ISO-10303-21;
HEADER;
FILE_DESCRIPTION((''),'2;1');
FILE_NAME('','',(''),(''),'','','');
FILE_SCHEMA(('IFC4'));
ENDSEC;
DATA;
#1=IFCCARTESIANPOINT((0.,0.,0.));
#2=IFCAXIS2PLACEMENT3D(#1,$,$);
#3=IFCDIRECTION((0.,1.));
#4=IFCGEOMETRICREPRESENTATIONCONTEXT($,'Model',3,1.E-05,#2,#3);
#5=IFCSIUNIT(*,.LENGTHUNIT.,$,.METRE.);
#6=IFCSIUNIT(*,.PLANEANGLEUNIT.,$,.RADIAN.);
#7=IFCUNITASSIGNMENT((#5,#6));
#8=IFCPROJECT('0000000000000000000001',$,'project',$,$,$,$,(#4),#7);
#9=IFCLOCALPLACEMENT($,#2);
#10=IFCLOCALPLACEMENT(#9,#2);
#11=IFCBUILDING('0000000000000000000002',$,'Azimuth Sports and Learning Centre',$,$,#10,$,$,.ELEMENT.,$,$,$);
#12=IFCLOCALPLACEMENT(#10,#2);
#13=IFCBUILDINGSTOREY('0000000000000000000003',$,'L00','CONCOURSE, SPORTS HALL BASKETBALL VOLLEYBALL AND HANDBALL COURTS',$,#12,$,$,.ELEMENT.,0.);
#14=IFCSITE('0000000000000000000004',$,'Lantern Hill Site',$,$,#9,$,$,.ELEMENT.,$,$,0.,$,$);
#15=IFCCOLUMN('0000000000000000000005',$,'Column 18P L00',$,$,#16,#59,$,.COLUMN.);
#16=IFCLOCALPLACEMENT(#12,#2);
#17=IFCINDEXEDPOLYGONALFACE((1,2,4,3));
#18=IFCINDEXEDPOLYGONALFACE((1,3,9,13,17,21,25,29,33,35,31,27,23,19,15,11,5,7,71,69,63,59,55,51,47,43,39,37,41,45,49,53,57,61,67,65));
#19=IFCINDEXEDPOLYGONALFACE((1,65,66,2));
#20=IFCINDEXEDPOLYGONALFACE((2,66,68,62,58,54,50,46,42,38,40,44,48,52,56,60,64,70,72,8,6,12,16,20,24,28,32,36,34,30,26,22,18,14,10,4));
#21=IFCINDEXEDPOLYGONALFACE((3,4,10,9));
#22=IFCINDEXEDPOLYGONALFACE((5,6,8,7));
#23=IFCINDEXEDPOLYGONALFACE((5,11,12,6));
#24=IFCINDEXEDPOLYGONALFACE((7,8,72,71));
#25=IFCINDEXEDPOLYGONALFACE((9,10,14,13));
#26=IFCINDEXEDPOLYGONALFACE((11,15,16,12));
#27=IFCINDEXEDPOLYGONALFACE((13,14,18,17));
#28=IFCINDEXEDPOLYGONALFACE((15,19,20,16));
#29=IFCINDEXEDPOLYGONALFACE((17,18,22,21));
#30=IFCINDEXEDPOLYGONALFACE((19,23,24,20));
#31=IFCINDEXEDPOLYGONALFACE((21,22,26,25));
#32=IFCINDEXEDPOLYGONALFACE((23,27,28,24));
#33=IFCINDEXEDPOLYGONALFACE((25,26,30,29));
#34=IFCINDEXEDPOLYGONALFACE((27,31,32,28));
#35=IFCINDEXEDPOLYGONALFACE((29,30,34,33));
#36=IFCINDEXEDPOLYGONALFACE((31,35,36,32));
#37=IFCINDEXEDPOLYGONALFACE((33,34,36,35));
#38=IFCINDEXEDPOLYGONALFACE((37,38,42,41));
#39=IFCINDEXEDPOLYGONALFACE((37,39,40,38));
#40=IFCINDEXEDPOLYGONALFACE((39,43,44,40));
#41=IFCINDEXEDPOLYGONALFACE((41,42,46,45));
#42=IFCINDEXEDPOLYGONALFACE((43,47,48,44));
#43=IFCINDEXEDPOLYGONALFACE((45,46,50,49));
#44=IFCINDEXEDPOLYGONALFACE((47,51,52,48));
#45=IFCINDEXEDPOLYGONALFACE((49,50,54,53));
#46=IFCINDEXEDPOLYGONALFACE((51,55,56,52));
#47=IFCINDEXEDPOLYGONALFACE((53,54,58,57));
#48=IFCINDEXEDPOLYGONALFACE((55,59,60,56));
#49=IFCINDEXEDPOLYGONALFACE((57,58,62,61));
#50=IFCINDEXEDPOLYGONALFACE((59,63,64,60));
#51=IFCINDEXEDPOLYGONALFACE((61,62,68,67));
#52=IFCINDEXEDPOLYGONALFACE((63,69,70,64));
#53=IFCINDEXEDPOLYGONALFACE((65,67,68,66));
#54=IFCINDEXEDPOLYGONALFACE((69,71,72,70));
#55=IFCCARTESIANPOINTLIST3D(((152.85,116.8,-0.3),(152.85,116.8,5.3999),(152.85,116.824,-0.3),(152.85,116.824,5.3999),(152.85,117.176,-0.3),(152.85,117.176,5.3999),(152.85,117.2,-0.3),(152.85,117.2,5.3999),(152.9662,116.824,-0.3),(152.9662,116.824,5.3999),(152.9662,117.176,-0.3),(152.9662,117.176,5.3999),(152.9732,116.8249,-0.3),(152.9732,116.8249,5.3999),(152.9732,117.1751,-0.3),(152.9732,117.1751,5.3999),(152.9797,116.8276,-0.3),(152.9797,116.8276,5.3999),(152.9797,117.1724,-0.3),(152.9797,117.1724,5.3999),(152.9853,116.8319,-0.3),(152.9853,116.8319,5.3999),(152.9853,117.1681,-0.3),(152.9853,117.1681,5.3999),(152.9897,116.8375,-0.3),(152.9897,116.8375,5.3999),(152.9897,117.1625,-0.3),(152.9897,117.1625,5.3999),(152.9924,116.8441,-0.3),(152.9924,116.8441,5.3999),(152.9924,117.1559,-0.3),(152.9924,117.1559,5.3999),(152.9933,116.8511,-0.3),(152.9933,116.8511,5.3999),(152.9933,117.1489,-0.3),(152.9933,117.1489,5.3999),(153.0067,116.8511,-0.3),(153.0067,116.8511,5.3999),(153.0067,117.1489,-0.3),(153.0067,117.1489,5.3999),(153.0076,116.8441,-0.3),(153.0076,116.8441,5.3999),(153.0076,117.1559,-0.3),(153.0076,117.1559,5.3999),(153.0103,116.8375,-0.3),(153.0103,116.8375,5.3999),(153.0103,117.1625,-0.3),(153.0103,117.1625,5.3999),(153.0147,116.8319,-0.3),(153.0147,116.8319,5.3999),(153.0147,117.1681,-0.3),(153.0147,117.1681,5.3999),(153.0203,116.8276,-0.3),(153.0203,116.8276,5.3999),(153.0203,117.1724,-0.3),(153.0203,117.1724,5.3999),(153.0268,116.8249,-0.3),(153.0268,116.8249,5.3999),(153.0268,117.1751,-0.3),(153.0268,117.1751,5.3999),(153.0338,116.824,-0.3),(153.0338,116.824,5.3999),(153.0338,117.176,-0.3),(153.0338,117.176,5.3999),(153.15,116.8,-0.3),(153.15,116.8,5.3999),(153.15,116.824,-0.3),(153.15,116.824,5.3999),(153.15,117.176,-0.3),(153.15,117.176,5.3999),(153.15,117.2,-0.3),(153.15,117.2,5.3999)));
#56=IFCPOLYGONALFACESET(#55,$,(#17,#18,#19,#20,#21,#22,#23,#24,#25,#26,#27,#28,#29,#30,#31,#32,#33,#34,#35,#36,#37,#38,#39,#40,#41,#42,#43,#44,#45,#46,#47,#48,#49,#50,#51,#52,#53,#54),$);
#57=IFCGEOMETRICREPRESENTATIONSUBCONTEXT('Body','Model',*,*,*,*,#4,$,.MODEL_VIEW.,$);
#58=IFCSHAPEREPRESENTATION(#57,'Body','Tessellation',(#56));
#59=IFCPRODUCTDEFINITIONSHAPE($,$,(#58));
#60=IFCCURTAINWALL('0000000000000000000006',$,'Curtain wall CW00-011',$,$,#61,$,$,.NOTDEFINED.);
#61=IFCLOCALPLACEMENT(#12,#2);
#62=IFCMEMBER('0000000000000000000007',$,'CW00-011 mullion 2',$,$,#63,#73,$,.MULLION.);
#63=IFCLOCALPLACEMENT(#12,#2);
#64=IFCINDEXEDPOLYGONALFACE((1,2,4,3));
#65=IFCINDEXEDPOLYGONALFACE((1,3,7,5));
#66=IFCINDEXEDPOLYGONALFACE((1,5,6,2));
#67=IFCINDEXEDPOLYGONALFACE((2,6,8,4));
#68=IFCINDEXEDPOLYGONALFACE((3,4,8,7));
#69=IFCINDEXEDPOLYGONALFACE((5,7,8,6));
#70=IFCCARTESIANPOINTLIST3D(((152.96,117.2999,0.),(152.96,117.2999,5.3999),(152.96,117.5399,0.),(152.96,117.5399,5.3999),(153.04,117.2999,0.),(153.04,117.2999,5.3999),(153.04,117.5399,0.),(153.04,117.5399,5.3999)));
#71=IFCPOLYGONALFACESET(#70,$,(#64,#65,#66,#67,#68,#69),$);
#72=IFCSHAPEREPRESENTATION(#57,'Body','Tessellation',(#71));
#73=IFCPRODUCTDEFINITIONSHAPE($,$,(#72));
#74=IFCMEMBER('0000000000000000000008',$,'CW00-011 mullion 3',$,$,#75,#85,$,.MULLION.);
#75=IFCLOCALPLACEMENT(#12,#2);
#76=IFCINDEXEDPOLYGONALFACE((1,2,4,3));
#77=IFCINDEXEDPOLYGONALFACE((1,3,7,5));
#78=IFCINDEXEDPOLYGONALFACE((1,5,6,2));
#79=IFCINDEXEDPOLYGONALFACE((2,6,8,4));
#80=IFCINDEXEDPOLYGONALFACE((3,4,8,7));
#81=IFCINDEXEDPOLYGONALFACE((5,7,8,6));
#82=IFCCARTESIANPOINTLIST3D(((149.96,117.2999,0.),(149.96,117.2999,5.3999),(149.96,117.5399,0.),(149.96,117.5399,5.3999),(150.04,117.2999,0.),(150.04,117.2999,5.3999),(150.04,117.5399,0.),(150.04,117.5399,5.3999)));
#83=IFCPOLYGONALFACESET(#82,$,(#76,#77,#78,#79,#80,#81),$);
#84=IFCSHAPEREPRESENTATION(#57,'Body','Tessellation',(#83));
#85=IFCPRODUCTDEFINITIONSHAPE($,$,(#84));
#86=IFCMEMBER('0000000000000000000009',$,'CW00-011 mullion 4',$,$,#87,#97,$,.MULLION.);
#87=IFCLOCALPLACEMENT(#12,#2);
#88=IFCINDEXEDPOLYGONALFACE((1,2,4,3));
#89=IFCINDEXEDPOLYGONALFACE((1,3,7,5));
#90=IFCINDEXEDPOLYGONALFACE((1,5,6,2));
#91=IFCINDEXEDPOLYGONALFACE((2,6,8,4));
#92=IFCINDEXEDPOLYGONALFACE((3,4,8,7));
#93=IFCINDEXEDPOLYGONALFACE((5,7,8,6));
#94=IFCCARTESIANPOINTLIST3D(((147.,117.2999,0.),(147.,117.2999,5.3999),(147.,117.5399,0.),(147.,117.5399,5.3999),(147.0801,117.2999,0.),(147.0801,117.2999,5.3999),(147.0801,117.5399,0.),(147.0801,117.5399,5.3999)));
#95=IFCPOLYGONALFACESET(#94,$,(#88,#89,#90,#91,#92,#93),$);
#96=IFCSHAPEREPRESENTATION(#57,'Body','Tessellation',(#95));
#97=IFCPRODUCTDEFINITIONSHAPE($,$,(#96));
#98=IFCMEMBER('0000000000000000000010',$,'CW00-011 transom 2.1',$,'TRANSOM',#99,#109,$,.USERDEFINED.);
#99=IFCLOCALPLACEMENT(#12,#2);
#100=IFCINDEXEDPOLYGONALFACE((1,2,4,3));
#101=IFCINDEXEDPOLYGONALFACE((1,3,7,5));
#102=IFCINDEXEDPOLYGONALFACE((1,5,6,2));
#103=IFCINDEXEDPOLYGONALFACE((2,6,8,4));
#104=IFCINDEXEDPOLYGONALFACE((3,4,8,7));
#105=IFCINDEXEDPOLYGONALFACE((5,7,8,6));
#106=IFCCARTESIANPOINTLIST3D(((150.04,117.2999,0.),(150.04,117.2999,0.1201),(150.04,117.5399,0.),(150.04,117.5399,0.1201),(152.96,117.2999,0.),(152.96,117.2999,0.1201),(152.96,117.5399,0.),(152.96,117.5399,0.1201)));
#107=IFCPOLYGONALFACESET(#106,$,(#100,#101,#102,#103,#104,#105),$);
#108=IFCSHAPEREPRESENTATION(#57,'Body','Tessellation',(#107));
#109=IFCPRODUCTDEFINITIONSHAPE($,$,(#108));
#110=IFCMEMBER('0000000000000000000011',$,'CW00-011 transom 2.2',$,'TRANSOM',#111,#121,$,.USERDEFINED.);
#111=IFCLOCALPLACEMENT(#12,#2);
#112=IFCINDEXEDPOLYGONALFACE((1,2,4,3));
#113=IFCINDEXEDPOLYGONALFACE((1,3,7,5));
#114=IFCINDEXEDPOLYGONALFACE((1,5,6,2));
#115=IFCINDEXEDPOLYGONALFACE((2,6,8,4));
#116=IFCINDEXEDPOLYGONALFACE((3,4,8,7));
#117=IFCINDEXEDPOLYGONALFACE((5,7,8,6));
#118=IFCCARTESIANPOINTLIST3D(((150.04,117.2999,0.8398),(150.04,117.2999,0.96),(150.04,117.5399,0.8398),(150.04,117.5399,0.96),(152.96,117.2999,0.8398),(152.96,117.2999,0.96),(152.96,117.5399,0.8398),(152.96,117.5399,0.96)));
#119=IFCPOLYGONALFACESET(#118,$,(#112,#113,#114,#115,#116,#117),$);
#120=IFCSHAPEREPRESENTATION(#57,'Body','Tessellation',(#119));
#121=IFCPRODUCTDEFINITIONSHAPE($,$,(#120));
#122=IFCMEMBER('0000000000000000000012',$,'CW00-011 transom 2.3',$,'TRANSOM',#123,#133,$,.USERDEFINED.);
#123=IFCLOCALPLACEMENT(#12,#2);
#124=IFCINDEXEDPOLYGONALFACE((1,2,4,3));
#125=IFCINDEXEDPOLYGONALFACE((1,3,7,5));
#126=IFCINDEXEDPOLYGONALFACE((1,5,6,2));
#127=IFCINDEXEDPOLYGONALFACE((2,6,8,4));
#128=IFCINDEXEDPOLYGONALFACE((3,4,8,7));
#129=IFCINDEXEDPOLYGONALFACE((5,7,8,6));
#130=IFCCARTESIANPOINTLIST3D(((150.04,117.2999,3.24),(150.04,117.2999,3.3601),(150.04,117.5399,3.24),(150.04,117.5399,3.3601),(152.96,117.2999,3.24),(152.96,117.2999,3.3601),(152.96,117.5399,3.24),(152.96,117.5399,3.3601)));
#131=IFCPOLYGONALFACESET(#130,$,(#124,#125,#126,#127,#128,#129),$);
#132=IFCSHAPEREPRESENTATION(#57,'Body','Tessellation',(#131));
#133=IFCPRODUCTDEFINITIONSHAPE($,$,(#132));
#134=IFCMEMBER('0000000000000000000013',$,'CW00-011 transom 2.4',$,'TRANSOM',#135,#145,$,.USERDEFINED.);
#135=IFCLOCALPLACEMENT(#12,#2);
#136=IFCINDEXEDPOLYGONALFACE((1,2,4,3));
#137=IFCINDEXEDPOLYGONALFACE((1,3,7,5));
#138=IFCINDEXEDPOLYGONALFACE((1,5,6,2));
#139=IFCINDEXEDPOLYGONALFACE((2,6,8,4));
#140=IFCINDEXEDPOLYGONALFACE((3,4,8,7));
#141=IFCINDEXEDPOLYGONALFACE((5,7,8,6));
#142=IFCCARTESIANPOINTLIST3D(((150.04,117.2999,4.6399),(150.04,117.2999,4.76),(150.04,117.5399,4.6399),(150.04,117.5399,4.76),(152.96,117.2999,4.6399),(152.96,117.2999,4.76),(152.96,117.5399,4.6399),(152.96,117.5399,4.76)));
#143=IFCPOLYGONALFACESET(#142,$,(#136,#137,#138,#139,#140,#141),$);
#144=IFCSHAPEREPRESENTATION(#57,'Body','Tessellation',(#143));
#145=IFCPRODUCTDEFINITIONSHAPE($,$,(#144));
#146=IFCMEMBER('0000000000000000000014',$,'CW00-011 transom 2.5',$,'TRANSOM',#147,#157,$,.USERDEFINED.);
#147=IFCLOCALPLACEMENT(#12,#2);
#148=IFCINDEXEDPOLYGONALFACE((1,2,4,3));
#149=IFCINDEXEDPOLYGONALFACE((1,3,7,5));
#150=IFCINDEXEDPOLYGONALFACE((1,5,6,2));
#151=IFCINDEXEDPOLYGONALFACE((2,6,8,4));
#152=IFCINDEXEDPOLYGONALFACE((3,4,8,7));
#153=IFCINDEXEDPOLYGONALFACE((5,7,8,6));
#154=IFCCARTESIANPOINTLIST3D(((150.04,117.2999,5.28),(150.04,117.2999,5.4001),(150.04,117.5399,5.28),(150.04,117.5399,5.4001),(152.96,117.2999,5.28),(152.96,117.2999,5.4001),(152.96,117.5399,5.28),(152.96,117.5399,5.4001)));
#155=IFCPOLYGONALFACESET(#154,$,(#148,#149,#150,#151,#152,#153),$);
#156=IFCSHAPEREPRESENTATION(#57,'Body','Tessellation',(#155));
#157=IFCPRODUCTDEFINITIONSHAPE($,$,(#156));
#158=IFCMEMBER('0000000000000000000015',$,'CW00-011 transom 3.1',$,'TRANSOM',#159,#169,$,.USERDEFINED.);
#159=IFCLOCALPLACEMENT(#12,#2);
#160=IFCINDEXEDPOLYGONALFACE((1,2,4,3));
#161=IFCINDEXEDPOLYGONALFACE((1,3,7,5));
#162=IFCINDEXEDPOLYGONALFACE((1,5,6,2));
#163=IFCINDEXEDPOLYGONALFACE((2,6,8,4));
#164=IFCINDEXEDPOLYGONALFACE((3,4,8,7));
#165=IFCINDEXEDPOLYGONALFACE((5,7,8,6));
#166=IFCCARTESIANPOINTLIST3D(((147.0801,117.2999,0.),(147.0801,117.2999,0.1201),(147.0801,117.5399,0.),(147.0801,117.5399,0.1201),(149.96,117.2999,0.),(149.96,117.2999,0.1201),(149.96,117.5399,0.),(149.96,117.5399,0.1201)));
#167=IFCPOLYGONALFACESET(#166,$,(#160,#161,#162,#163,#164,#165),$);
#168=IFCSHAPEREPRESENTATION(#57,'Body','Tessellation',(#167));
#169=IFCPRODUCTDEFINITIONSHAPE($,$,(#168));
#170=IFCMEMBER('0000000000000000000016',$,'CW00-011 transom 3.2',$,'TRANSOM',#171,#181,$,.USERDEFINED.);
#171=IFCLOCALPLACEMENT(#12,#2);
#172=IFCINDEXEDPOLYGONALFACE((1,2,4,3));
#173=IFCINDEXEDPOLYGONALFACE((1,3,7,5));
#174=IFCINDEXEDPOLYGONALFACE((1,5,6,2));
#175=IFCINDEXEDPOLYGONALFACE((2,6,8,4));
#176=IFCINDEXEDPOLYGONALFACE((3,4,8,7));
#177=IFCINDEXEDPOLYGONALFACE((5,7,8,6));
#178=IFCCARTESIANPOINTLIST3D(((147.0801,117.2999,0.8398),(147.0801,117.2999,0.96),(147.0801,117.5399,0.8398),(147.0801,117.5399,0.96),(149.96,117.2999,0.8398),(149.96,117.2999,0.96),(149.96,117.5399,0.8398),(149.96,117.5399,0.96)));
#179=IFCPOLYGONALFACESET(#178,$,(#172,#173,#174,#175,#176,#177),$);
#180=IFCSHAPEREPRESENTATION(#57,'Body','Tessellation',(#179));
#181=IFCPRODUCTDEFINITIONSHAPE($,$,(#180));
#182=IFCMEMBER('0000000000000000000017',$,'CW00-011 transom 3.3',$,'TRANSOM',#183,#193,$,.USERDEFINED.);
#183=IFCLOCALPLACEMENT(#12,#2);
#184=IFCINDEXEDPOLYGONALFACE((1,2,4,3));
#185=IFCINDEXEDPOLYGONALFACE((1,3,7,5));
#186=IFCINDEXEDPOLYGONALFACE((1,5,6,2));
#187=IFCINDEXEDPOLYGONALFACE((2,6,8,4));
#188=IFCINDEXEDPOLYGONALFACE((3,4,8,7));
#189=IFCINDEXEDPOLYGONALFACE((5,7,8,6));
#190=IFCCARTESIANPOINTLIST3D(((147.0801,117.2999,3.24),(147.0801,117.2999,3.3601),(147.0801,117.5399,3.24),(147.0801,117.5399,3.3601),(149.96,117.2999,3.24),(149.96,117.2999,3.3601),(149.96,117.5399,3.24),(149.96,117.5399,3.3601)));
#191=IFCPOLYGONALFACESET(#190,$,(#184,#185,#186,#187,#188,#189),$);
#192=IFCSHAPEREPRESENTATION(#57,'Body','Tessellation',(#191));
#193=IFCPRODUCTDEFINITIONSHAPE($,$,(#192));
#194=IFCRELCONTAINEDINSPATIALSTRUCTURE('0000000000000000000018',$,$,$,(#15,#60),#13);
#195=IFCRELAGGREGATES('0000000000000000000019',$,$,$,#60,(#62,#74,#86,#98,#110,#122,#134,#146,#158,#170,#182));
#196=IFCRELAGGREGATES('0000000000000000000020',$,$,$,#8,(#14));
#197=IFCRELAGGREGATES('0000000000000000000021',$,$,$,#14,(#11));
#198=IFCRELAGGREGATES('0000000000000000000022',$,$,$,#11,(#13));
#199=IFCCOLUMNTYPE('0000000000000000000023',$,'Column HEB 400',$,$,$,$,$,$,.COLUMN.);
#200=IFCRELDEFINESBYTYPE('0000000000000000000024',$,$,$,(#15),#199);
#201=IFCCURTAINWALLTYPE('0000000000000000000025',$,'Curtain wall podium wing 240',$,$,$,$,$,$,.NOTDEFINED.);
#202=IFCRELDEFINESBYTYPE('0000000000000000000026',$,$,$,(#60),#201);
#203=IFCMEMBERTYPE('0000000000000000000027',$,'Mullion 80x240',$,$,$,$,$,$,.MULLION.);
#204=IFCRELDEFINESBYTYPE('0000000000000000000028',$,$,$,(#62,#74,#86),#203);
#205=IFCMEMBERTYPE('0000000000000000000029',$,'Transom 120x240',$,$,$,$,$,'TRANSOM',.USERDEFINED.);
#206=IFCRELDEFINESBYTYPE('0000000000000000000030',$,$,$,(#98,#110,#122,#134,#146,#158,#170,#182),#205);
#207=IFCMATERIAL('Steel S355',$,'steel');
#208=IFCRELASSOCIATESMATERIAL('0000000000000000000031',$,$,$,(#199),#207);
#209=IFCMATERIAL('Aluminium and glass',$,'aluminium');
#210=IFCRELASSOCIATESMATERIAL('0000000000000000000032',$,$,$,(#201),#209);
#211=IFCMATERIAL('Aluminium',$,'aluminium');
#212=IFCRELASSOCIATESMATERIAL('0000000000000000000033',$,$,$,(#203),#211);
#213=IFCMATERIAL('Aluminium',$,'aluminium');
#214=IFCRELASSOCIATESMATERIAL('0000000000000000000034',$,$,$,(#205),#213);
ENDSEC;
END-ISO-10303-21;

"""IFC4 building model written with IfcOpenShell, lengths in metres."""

from ifc_helpers import new_model, si_unit, direction, frame, origin, origin_2d, place, context, subcontext, project, spatial, rectangle, i_section, extrude, material, material_profile, profile_set, type_object, element, aggregate, save


model = new_model("IFC4")

# Units and contexts
model_context = context("Model", 3, precision=1e-05, world=origin(), true_north=direction((0.0, 1.0)))
body_context = subcontext(model_context, "Body", "Model", "MODEL_VIEW")
ifc_project = project(units=[si_unit("LENGTHUNIT", "METRE"), si_unit("PLANEANGLEUNIT", "RADIAN")], contexts=[model_context])

# Site, building, storey
site_placement = place(None, origin())
site = spatial("IfcSite", under=ifc_project, at=site_placement, Name="Lantern Hill Site", CompositionType="ELEMENT", RefElevation=0.0)
building_placement = place(site_placement, origin())
building = spatial("IfcBuilding", under=site, at=building_placement, Name="Azimuth Sports and Learning Centre", CompositionType="ELEMENT")
storey_placement = place(building_placement, origin())
storey = spatial("IfcBuildingStorey", under=building, at=storey_placement, Name="L00", Description="CONCOURSE, SPORTS HALL BASKETBALL VOLLEYBALL AND HANDBALL COURTS", CompositionType="ELEMENT", Elevation=0.0)

# Column
ifc_material_1 = material(Name="Steel S355", Category="steel")
ifc_material_profile_1 = material_profile(ifc_material_1, i_section(OverallWidth=0.3, OverallDepth=0.3999, WebThickness=0.0134, FlangeThickness=0.0239, FilletRadius=0.0271, at=origin_2d()), Name="HEB 400")
ifc_profile_set_1 = profile_set([ifc_material_profile_1], Name="Steel S355")
column_type = type_object("IfcColumnType", Name="Column HEB 400", PredefinedType="COLUMN", material=ifc_profile_set_1)
column_placement = place(storey_placement, frame((153.0, 117.0, -0.3), z_axis=(0.0, 0.0, 1.0), x_axis=(1.0, 0.0, 0.0)))
element("IfcColumn", 1, at=column_placement, inside=storey, type_object=column_type, Name="Column 18P L00", PredefinedType="COLUMN", context=body_context, shape_type="SweptSolid", body=[
    extrude(i_section(OverallWidth=0.3, OverallDepth=0.3999, WebThickness=0.0134, FlangeThickness=0.0239, FilletRadius=0.0271, at=origin_2d()), origin(), (0.0, 0.0, 1.0), 5.7),
])

# Curtain wall, members
ifc_material_2 = material(Name="Aluminium and glass", Category="aluminium")
curtain_wall_type = type_object("IfcCurtainWallType", Name="Curtain wall podium wing 240", PredefinedType="NOTDEFINED", material=ifc_material_2)
curtain_wall_placement = place(storey_placement, origin())
curtain_wall = element("IfcCurtainWall", 2, at=curtain_wall_placement, inside=storey, type_object=curtain_wall_type, Name="Curtain wall CW00-011", PredefinedType="NOTDEFINED")
ifc_material_3 = material(Name="Aluminium", Category="aluminium")
ifc_material_profile_2 = material_profile(ifc_material_3, rectangle(XDim=0.24, YDim=0.0801, at=origin_2d()), Name="Mullion 80x240")
ifc_profile_set_2 = profile_set([ifc_material_profile_2], Name="Aluminium")
member_type_1 = type_object("IfcMemberType", Name="Mullion 80x240", PredefinedType="MULLION", material=ifc_profile_set_2)
member_1_placement = place(storey_placement, frame((153.0, 117.4199, 0.0), z_axis=(0.0, 0.0, 1.0), x_axis=(0.0, -1.0, 0.0)))
member_1 = element("IfcMember", 3, at=member_1_placement, type_object=member_type_1, Name="CW00-011 mullion 2", PredefinedType="MULLION", context=body_context, shape_type="SweptSolid", body=[
    extrude(rectangle(XDim=0.24, YDim=0.0801, at=origin_2d()), origin(), (0.0, 0.0, 1.0), 5.3999),
])
member_2_placement = place(storey_placement, frame((150.0, 117.4199, 0.0), z_axis=(0.0, 0.0, 1.0), x_axis=(0.0, -1.0, 0.0)))
member_2 = element("IfcMember", 4, at=member_2_placement, type_object=member_type_1, Name="CW00-011 mullion 3", PredefinedType="MULLION", context=body_context, shape_type="SweptSolid", body=[
    extrude(rectangle(XDim=0.24, YDim=0.0801, at=origin_2d()), origin(), (0.0, 0.0, 1.0), 5.3999),
])
member_3_placement = place(storey_placement, frame((147.04, 117.4199, 0.0), z_axis=(0.0, 0.0, 1.0), x_axis=(0.0, -1.0, 0.0)))
member_3 = element("IfcMember", 5, at=member_3_placement, type_object=member_type_1, Name="CW00-011 mullion 4", PredefinedType="MULLION", context=body_context, shape_type="SweptSolid", body=[
    extrude(rectangle(XDim=0.24, YDim=0.0801, at=origin_2d()), origin(), (0.0, 0.0, 1.0), 5.3999),
])
ifc_material_4 = material(Name="Aluminium", Category="aluminium")
ifc_material_profile_3 = material_profile(ifc_material_4, rectangle(XDim=0.24, YDim=0.1201, at=origin_2d()), Name="Transom 120x240")
ifc_profile_set_3 = profile_set([ifc_material_profile_3], Name="Aluminium")
member_type_2 = type_object("IfcMemberType", Name="Transom 120x240", ElementType="TRANSOM", PredefinedType="USERDEFINED", material=ifc_profile_set_3)
member_4_placement = place(storey_placement, frame((152.96, 117.4199, 0.0601), z_axis=(-1.0, 0.0, 0.0), x_axis=(0.0, -1.0, 0.0)))
member_4 = element("IfcMember", 6, at=member_4_placement, type_object=member_type_2, Name="CW00-011 transom 2.1", ObjectType="TRANSOM", PredefinedType="USERDEFINED", context=body_context, shape_type="SweptSolid", body=[
    extrude(rectangle(XDim=0.24, YDim=0.1201, at=origin_2d()), origin(), (0.0, 0.0, 1.0), 2.9199),
])
member_5_placement = place(storey_placement, frame((152.96, 117.4199, 0.8999), z_axis=(-1.0, 0.0, 0.0), x_axis=(0.0, -1.0, 0.0)))
member_5 = element("IfcMember", 7, at=member_5_placement, type_object=member_type_2, Name="CW00-011 transom 2.2", ObjectType="TRANSOM", PredefinedType="USERDEFINED", context=body_context, shape_type="SweptSolid", body=[
    extrude(rectangle(XDim=0.24, YDim=0.1201, at=origin_2d()), origin(), (0.0, 0.0, 1.0), 2.9199),
])
member_6_placement = place(storey_placement, frame((152.96, 117.4199, 3.3), z_axis=(-1.0, 0.0, 0.0), x_axis=(0.0, -1.0, 0.0)))
member_6 = element("IfcMember", 8, at=member_6_placement, type_object=member_type_2, Name="CW00-011 transom 2.3", ObjectType="TRANSOM", PredefinedType="USERDEFINED", context=body_context, shape_type="SweptSolid", body=[
    extrude(rectangle(XDim=0.24, YDim=0.1201, at=origin_2d()), origin(), (0.0, 0.0, 1.0), 2.9199),
])
member_7_placement = place(storey_placement, frame((152.96, 117.4199, 4.7), z_axis=(-1.0, 0.0, 0.0), x_axis=(0.0, -1.0, 0.0)))
member_7 = element("IfcMember", 9, at=member_7_placement, type_object=member_type_2, Name="CW00-011 transom 2.4", ObjectType="TRANSOM", PredefinedType="USERDEFINED", context=body_context, shape_type="SweptSolid", body=[
    extrude(rectangle(XDim=0.24, YDim=0.1201, at=origin_2d()), origin(), (0.0, 0.0, 1.0), 2.9199),
])
member_8_placement = place(storey_placement, frame((152.96, 117.4199, 5.3401), z_axis=(-1.0, 0.0, 0.0), x_axis=(0.0, -1.0, 0.0)))
member_8 = element("IfcMember", 10, at=member_8_placement, type_object=member_type_2, Name="CW00-011 transom 2.5", ObjectType="TRANSOM", PredefinedType="USERDEFINED", context=body_context, shape_type="SweptSolid", body=[
    extrude(rectangle(XDim=0.24, YDim=0.1201, at=origin_2d()), origin(), (0.0, 0.0, 1.0), 2.9199),
])
member_9_placement = place(storey_placement, frame((149.96, 117.4199, 0.0601), z_axis=(-1.0, 0.0, 0.0), x_axis=(0.0, -1.0, 0.0)))
member_9 = element("IfcMember", 11, at=member_9_placement, type_object=member_type_2, Name="CW00-011 transom 3.1", ObjectType="TRANSOM", PredefinedType="USERDEFINED", context=body_context, shape_type="SweptSolid", body=[
    extrude(rectangle(XDim=0.24, YDim=0.1201, at=origin_2d()), origin(), (0.0, 0.0, 1.0), 2.8799),
])
member_10_placement = place(storey_placement, frame((149.96, 117.4199, 0.8999), z_axis=(-1.0, 0.0, 0.0), x_axis=(0.0, -1.0, 0.0)))
member_10 = element("IfcMember", 12, at=member_10_placement, type_object=member_type_2, Name="CW00-011 transom 3.2", ObjectType="TRANSOM", PredefinedType="USERDEFINED", context=body_context, shape_type="SweptSolid", body=[
    extrude(rectangle(XDim=0.24, YDim=0.1201, at=origin_2d()), origin(), (0.0, 0.0, 1.0), 2.8799),
])
member_11_placement = place(storey_placement, frame((149.96, 117.4199, 3.3), z_axis=(-1.0, 0.0, 0.0), x_axis=(0.0, -1.0, 0.0)))
member_11 = element("IfcMember", 13, at=member_11_placement, type_object=member_type_2, Name="CW00-011 transom 3.3", ObjectType="TRANSOM", PredefinedType="USERDEFINED", context=body_context, shape_type="SweptSolid", body=[
    extrude(rectangle(XDim=0.24, YDim=0.1201, at=origin_2d()), origin(), (0.0, 0.0, 1.0), 2.8799),
])
aggregate(curtain_wall, [member_1, member_2, member_3, member_4, member_5, member_6, member_7, member_8, member_9, member_10, member_11])

save(model, "model.ifc")
